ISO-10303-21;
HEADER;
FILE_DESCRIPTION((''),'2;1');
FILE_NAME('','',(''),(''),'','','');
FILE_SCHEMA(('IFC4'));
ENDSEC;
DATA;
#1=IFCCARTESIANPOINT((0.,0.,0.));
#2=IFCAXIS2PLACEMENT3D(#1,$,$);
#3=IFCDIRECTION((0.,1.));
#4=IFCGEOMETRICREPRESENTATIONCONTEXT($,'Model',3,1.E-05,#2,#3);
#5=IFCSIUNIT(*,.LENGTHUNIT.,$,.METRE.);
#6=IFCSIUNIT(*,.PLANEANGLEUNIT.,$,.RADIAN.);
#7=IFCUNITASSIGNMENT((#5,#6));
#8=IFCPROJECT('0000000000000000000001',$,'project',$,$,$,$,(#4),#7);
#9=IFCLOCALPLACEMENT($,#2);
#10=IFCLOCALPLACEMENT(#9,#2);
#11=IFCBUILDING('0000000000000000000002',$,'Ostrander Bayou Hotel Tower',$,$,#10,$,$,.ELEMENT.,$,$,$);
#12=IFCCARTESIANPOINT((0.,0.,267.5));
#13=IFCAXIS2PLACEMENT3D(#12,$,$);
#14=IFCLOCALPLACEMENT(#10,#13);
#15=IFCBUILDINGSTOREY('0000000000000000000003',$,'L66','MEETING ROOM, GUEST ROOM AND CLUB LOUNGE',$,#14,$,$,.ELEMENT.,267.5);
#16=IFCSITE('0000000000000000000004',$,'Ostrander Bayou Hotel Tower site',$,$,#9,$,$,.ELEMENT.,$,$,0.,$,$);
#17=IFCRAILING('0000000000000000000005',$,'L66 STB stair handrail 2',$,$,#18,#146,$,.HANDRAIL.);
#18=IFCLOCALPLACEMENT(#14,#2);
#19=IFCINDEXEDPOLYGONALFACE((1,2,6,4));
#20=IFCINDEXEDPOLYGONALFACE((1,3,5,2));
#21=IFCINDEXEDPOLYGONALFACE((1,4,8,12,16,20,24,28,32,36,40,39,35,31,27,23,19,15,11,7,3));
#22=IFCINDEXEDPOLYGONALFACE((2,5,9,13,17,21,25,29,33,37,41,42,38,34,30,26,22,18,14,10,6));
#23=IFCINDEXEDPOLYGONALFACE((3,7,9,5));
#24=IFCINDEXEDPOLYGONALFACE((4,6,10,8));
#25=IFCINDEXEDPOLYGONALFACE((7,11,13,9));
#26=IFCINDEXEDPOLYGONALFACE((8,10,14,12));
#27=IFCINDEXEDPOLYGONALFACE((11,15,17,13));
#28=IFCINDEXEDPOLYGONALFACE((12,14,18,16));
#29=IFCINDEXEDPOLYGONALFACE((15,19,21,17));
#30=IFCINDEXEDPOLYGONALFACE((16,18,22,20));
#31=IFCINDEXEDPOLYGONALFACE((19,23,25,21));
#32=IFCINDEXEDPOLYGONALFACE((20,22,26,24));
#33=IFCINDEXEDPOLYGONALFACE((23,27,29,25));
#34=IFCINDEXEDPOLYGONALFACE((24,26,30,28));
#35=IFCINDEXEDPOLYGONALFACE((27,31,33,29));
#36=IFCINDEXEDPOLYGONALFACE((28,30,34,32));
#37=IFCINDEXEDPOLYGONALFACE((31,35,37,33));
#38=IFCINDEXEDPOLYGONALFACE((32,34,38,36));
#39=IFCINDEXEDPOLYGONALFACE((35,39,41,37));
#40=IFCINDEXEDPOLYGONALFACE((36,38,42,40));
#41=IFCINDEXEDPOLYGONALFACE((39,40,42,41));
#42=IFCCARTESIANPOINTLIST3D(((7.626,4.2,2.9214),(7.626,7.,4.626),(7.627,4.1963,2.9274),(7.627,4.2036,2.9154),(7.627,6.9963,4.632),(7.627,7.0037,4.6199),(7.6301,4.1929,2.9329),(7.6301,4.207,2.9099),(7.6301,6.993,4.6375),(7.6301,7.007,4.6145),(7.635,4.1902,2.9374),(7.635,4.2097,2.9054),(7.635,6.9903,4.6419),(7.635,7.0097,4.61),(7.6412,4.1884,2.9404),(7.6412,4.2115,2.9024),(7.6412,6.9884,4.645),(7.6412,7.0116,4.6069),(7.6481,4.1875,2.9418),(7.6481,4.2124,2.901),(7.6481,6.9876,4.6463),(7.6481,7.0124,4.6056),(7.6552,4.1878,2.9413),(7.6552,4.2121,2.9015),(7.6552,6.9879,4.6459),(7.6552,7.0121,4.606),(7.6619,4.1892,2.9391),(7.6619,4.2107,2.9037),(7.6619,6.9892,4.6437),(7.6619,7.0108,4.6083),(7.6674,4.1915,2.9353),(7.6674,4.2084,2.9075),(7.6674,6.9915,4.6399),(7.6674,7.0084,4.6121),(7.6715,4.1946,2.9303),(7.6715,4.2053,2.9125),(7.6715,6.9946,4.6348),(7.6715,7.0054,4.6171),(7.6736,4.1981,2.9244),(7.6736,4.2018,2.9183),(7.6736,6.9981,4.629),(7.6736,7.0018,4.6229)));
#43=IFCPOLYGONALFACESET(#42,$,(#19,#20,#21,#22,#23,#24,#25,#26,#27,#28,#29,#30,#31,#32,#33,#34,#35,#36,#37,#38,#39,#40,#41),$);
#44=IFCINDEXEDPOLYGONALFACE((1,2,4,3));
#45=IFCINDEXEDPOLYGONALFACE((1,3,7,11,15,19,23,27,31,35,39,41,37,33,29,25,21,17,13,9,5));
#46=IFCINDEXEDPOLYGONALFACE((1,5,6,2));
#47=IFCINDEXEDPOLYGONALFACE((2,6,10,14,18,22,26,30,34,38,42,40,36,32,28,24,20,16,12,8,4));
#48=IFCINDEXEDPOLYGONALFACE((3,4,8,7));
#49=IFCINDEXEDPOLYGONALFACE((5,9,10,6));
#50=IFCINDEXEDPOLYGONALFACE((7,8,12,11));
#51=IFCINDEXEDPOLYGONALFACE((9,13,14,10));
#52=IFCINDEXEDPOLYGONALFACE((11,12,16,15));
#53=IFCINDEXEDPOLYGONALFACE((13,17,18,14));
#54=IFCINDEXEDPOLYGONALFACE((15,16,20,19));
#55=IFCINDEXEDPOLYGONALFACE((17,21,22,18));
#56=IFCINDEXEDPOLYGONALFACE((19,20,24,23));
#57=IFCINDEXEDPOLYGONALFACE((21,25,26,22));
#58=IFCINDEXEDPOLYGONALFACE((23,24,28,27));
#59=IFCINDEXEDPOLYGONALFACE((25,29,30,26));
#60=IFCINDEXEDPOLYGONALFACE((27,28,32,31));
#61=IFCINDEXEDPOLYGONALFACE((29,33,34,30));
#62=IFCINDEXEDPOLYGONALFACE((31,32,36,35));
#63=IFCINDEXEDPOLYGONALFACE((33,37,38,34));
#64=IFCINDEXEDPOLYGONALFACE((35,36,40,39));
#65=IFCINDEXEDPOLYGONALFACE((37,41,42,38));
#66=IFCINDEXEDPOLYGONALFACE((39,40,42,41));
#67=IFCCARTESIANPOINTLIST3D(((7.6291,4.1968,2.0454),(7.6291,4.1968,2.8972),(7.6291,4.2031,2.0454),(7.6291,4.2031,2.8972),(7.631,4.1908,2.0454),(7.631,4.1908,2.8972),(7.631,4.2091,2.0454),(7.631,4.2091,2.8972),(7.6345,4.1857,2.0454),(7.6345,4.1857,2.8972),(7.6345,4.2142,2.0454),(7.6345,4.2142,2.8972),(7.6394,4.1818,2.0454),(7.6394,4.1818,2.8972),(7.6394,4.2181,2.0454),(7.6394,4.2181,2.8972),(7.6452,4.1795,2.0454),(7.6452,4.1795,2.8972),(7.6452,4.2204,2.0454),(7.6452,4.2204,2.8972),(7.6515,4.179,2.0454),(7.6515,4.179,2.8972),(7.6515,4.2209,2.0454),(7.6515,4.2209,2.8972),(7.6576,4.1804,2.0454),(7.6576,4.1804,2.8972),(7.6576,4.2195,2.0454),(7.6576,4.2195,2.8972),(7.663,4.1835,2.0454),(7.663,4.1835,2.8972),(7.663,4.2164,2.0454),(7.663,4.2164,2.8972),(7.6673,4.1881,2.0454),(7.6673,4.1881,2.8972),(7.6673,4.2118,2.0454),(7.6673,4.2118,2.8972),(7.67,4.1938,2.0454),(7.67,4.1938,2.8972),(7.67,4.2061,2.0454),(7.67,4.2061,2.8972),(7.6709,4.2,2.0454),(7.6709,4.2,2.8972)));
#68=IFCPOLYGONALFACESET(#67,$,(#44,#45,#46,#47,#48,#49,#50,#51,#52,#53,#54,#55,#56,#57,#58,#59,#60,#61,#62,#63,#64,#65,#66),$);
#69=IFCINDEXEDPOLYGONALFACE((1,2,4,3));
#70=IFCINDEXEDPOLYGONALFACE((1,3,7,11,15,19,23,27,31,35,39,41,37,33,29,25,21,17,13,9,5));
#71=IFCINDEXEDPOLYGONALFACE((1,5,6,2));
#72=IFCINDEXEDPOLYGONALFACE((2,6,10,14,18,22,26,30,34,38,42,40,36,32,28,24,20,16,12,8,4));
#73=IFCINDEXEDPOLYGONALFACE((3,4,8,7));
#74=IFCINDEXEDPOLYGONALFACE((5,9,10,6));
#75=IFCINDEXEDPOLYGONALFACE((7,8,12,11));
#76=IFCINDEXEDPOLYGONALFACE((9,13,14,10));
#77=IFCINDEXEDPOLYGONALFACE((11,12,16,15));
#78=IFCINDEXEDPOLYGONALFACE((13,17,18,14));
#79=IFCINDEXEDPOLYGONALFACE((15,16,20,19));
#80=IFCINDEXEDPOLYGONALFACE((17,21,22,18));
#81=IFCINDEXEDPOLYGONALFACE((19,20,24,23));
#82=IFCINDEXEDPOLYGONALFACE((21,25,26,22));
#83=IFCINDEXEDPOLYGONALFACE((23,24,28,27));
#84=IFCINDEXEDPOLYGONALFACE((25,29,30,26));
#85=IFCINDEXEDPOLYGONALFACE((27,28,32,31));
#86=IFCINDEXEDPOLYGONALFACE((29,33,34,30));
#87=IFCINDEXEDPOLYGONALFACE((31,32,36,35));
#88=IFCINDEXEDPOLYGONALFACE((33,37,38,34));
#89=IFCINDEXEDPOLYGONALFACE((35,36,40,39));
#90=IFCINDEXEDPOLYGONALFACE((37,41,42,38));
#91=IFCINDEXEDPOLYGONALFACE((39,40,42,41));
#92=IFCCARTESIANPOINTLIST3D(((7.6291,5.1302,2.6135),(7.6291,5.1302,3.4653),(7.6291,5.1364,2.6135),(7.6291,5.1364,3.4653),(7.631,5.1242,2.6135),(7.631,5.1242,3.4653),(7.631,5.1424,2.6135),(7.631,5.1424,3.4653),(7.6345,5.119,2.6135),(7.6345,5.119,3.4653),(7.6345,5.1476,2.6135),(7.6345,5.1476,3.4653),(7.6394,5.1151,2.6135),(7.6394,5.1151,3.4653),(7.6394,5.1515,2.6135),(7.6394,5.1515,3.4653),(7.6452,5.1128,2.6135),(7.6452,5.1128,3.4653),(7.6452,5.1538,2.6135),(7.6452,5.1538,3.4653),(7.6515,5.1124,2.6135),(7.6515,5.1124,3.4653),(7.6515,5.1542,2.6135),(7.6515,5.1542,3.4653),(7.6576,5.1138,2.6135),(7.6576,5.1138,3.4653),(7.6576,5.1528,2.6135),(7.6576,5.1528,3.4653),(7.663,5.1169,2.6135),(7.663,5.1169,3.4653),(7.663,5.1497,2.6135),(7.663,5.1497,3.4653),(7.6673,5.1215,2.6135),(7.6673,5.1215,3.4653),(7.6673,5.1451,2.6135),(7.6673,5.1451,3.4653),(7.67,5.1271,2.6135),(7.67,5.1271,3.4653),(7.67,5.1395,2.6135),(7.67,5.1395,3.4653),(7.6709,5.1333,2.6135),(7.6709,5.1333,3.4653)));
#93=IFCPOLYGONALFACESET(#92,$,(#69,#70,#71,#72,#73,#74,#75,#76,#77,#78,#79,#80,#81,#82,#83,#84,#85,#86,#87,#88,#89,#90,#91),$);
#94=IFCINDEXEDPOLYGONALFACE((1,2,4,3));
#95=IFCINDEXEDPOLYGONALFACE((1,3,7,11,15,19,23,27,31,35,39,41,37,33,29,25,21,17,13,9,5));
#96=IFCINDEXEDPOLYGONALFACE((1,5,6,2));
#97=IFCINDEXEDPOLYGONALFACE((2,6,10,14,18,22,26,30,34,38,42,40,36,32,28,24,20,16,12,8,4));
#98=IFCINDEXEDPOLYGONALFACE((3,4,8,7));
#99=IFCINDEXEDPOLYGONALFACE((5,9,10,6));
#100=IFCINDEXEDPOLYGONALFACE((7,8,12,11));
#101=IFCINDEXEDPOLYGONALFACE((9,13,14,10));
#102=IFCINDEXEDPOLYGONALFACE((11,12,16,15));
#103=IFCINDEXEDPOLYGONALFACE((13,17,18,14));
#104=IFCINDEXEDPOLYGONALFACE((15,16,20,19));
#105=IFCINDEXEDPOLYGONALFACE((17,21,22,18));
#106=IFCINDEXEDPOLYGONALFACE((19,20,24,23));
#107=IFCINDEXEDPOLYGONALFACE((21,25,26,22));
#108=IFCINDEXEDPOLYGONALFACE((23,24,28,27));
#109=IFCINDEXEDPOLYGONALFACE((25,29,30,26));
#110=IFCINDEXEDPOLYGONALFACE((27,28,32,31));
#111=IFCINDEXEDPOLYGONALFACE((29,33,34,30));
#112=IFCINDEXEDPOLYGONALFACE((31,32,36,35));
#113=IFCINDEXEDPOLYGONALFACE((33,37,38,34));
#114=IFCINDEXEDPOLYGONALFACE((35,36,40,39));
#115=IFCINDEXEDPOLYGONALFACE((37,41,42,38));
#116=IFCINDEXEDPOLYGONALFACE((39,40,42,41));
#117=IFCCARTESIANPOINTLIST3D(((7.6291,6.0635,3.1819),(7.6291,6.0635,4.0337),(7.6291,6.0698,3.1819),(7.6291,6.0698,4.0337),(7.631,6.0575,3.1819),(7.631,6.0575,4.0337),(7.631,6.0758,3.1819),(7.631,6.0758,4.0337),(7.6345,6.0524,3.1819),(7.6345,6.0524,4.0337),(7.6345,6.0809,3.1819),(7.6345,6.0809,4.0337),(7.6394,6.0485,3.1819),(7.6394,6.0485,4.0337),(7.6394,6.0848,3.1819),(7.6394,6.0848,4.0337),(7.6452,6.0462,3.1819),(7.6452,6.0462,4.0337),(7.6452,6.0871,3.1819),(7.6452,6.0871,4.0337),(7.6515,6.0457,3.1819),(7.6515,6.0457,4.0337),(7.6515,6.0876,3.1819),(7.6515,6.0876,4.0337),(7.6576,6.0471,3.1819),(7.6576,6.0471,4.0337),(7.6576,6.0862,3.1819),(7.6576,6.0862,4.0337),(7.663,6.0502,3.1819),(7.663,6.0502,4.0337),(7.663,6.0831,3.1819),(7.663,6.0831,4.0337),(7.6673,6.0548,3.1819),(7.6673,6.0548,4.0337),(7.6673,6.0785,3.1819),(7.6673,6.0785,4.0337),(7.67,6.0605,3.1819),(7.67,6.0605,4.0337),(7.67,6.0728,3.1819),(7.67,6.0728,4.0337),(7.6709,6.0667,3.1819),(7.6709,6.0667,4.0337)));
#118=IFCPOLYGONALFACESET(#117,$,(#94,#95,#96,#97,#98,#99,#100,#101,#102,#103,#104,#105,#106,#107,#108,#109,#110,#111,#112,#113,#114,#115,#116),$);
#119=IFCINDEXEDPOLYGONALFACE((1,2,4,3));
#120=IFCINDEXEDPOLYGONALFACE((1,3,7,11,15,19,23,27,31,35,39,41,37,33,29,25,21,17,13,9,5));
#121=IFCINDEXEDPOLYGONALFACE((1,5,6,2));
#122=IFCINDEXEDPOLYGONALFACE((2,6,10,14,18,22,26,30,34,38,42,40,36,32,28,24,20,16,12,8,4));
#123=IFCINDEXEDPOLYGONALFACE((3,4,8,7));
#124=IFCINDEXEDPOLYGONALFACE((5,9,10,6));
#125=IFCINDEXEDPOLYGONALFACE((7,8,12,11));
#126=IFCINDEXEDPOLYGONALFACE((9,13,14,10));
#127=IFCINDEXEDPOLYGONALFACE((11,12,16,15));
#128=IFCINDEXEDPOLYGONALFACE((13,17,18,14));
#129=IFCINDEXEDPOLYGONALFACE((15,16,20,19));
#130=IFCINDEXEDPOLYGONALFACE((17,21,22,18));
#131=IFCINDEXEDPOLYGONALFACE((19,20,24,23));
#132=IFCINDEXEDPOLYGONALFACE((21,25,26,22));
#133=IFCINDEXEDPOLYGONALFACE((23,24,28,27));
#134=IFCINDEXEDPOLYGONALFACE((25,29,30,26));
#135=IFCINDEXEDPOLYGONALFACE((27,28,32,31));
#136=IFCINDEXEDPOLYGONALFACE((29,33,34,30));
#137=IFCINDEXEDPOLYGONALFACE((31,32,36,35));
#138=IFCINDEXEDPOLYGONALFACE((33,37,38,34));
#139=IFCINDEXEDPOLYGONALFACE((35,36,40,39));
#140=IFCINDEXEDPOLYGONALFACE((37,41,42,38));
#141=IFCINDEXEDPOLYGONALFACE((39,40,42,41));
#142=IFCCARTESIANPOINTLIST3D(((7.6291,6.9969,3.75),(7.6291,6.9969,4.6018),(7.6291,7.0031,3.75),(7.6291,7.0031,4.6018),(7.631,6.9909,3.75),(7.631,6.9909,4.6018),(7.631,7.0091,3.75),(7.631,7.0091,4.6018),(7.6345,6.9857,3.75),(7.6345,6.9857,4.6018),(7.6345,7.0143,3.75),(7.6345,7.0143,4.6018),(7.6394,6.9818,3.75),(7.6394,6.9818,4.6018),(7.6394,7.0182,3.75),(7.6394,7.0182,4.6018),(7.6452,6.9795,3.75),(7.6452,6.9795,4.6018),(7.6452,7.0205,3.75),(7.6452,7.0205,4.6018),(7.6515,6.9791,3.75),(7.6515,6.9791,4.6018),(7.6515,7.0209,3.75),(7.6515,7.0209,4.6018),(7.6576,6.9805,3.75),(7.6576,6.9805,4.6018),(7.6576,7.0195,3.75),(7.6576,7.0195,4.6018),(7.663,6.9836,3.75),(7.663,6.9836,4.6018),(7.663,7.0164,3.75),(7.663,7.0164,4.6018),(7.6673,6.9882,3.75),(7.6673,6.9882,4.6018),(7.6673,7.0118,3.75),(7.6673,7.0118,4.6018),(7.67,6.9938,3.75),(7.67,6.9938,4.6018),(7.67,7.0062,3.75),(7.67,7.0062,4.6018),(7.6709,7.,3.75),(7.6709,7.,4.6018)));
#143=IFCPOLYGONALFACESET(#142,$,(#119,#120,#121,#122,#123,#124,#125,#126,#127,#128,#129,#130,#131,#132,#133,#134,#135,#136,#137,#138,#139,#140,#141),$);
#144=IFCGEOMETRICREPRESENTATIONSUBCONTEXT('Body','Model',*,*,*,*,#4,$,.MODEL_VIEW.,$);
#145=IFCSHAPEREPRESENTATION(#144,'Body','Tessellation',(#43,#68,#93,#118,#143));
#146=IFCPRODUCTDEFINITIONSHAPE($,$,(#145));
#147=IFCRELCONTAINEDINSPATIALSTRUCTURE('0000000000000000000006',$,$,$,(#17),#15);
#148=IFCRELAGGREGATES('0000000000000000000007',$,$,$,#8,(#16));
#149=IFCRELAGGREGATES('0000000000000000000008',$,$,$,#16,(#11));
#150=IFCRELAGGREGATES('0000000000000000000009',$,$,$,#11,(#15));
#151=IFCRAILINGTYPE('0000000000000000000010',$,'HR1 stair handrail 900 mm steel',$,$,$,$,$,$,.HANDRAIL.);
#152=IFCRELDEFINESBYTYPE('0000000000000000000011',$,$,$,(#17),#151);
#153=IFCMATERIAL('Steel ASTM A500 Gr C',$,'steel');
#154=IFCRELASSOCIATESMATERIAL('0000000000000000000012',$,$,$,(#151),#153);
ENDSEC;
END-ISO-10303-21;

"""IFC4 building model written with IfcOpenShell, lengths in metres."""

from ifc_helpers import new_model, si_unit, direction, frame, origin, origin_2d, place, context, subcontext, project, spatial, circle, extrude, material, type_object, element, save


model = new_model("IFC4")

# Units and contexts
model_context = context("Model", 3, precision=1e-05, world=origin(), true_north=direction((0.0, 1.0)))
body_context = subcontext(model_context, "Body", "Model", "MODEL_VIEW")
ifc_project = project(units=[si_unit("LENGTHUNIT", "METRE"), si_unit("PLANEANGLEUNIT", "RADIAN")], contexts=[model_context])

# Site, building, storey
site_placement = place(None, origin())
site = spatial("IfcSite", under=ifc_project, at=site_placement, Name="Ostrander Bayou Hotel Tower site", CompositionType="ELEMENT", RefElevation=0.0)
building_placement = place(site_placement, origin())
building = spatial("IfcBuilding", under=site, at=building_placement, Name="Ostrander Bayou Hotel Tower", CompositionType="ELEMENT")
storey_placement = place(building_placement, frame((0.0, 0.0, 267.5)))
storey = spatial("IfcBuildingStorey", under=building, at=storey_placement, Name="L66", Description="MEETING ROOM, GUEST ROOM AND CLUB LOUNGE", CompositionType="ELEMENT", Elevation=267.5)

# Railing
ifc_material_1 = material(Name="Steel ASTM A500 Gr C", Category="steel")
railing_type_1 = type_object("IfcRailingType", Name="HR1 stair handrail 900 mm steel", PredefinedType="HANDRAIL", material=ifc_material_1)
railing_1_placement = place(storey_placement, frame((7.6499, 4.2, 2.0454)))
element("IfcRailing", 1, at=railing_1_placement, inside=storey, type_object=railing_type_1, Name="L66 STB stair handrail 2", PredefinedType="HANDRAIL", context=body_context, shape_type="SweptSolid", body=[
    extrude(circle(Radius=0.0239, at=origin_2d()), frame((0.0, 0.0, 0.876), z_axis=(0.0, 0.85417, 0.519994), x_axis=(-1.0, 0.0, 0.0)), (0.0, 0.0, 1.0), 3.2781),
    extrude(circle(Radius=0.021, at=origin_2d()), origin(), (0.0, 0.0, 1.0), 0.8518),
    extrude(circle(Radius=0.021, at=origin_2d()), frame((0.0, 0.9333, 0.5681)), (0.0, 0.0, 1.0), 0.8518),
    extrude(circle(Radius=0.021, at=origin_2d()), frame((0.0, 1.8667, 1.1365)), (0.0, 0.0, 1.0), 0.8518),
    extrude(circle(Radius=0.021, at=origin_2d()), frame((0.0, 2.8, 1.7046)), (0.0, 0.0, 1.0), 0.8518),
])

save(model, "model.ifc")
